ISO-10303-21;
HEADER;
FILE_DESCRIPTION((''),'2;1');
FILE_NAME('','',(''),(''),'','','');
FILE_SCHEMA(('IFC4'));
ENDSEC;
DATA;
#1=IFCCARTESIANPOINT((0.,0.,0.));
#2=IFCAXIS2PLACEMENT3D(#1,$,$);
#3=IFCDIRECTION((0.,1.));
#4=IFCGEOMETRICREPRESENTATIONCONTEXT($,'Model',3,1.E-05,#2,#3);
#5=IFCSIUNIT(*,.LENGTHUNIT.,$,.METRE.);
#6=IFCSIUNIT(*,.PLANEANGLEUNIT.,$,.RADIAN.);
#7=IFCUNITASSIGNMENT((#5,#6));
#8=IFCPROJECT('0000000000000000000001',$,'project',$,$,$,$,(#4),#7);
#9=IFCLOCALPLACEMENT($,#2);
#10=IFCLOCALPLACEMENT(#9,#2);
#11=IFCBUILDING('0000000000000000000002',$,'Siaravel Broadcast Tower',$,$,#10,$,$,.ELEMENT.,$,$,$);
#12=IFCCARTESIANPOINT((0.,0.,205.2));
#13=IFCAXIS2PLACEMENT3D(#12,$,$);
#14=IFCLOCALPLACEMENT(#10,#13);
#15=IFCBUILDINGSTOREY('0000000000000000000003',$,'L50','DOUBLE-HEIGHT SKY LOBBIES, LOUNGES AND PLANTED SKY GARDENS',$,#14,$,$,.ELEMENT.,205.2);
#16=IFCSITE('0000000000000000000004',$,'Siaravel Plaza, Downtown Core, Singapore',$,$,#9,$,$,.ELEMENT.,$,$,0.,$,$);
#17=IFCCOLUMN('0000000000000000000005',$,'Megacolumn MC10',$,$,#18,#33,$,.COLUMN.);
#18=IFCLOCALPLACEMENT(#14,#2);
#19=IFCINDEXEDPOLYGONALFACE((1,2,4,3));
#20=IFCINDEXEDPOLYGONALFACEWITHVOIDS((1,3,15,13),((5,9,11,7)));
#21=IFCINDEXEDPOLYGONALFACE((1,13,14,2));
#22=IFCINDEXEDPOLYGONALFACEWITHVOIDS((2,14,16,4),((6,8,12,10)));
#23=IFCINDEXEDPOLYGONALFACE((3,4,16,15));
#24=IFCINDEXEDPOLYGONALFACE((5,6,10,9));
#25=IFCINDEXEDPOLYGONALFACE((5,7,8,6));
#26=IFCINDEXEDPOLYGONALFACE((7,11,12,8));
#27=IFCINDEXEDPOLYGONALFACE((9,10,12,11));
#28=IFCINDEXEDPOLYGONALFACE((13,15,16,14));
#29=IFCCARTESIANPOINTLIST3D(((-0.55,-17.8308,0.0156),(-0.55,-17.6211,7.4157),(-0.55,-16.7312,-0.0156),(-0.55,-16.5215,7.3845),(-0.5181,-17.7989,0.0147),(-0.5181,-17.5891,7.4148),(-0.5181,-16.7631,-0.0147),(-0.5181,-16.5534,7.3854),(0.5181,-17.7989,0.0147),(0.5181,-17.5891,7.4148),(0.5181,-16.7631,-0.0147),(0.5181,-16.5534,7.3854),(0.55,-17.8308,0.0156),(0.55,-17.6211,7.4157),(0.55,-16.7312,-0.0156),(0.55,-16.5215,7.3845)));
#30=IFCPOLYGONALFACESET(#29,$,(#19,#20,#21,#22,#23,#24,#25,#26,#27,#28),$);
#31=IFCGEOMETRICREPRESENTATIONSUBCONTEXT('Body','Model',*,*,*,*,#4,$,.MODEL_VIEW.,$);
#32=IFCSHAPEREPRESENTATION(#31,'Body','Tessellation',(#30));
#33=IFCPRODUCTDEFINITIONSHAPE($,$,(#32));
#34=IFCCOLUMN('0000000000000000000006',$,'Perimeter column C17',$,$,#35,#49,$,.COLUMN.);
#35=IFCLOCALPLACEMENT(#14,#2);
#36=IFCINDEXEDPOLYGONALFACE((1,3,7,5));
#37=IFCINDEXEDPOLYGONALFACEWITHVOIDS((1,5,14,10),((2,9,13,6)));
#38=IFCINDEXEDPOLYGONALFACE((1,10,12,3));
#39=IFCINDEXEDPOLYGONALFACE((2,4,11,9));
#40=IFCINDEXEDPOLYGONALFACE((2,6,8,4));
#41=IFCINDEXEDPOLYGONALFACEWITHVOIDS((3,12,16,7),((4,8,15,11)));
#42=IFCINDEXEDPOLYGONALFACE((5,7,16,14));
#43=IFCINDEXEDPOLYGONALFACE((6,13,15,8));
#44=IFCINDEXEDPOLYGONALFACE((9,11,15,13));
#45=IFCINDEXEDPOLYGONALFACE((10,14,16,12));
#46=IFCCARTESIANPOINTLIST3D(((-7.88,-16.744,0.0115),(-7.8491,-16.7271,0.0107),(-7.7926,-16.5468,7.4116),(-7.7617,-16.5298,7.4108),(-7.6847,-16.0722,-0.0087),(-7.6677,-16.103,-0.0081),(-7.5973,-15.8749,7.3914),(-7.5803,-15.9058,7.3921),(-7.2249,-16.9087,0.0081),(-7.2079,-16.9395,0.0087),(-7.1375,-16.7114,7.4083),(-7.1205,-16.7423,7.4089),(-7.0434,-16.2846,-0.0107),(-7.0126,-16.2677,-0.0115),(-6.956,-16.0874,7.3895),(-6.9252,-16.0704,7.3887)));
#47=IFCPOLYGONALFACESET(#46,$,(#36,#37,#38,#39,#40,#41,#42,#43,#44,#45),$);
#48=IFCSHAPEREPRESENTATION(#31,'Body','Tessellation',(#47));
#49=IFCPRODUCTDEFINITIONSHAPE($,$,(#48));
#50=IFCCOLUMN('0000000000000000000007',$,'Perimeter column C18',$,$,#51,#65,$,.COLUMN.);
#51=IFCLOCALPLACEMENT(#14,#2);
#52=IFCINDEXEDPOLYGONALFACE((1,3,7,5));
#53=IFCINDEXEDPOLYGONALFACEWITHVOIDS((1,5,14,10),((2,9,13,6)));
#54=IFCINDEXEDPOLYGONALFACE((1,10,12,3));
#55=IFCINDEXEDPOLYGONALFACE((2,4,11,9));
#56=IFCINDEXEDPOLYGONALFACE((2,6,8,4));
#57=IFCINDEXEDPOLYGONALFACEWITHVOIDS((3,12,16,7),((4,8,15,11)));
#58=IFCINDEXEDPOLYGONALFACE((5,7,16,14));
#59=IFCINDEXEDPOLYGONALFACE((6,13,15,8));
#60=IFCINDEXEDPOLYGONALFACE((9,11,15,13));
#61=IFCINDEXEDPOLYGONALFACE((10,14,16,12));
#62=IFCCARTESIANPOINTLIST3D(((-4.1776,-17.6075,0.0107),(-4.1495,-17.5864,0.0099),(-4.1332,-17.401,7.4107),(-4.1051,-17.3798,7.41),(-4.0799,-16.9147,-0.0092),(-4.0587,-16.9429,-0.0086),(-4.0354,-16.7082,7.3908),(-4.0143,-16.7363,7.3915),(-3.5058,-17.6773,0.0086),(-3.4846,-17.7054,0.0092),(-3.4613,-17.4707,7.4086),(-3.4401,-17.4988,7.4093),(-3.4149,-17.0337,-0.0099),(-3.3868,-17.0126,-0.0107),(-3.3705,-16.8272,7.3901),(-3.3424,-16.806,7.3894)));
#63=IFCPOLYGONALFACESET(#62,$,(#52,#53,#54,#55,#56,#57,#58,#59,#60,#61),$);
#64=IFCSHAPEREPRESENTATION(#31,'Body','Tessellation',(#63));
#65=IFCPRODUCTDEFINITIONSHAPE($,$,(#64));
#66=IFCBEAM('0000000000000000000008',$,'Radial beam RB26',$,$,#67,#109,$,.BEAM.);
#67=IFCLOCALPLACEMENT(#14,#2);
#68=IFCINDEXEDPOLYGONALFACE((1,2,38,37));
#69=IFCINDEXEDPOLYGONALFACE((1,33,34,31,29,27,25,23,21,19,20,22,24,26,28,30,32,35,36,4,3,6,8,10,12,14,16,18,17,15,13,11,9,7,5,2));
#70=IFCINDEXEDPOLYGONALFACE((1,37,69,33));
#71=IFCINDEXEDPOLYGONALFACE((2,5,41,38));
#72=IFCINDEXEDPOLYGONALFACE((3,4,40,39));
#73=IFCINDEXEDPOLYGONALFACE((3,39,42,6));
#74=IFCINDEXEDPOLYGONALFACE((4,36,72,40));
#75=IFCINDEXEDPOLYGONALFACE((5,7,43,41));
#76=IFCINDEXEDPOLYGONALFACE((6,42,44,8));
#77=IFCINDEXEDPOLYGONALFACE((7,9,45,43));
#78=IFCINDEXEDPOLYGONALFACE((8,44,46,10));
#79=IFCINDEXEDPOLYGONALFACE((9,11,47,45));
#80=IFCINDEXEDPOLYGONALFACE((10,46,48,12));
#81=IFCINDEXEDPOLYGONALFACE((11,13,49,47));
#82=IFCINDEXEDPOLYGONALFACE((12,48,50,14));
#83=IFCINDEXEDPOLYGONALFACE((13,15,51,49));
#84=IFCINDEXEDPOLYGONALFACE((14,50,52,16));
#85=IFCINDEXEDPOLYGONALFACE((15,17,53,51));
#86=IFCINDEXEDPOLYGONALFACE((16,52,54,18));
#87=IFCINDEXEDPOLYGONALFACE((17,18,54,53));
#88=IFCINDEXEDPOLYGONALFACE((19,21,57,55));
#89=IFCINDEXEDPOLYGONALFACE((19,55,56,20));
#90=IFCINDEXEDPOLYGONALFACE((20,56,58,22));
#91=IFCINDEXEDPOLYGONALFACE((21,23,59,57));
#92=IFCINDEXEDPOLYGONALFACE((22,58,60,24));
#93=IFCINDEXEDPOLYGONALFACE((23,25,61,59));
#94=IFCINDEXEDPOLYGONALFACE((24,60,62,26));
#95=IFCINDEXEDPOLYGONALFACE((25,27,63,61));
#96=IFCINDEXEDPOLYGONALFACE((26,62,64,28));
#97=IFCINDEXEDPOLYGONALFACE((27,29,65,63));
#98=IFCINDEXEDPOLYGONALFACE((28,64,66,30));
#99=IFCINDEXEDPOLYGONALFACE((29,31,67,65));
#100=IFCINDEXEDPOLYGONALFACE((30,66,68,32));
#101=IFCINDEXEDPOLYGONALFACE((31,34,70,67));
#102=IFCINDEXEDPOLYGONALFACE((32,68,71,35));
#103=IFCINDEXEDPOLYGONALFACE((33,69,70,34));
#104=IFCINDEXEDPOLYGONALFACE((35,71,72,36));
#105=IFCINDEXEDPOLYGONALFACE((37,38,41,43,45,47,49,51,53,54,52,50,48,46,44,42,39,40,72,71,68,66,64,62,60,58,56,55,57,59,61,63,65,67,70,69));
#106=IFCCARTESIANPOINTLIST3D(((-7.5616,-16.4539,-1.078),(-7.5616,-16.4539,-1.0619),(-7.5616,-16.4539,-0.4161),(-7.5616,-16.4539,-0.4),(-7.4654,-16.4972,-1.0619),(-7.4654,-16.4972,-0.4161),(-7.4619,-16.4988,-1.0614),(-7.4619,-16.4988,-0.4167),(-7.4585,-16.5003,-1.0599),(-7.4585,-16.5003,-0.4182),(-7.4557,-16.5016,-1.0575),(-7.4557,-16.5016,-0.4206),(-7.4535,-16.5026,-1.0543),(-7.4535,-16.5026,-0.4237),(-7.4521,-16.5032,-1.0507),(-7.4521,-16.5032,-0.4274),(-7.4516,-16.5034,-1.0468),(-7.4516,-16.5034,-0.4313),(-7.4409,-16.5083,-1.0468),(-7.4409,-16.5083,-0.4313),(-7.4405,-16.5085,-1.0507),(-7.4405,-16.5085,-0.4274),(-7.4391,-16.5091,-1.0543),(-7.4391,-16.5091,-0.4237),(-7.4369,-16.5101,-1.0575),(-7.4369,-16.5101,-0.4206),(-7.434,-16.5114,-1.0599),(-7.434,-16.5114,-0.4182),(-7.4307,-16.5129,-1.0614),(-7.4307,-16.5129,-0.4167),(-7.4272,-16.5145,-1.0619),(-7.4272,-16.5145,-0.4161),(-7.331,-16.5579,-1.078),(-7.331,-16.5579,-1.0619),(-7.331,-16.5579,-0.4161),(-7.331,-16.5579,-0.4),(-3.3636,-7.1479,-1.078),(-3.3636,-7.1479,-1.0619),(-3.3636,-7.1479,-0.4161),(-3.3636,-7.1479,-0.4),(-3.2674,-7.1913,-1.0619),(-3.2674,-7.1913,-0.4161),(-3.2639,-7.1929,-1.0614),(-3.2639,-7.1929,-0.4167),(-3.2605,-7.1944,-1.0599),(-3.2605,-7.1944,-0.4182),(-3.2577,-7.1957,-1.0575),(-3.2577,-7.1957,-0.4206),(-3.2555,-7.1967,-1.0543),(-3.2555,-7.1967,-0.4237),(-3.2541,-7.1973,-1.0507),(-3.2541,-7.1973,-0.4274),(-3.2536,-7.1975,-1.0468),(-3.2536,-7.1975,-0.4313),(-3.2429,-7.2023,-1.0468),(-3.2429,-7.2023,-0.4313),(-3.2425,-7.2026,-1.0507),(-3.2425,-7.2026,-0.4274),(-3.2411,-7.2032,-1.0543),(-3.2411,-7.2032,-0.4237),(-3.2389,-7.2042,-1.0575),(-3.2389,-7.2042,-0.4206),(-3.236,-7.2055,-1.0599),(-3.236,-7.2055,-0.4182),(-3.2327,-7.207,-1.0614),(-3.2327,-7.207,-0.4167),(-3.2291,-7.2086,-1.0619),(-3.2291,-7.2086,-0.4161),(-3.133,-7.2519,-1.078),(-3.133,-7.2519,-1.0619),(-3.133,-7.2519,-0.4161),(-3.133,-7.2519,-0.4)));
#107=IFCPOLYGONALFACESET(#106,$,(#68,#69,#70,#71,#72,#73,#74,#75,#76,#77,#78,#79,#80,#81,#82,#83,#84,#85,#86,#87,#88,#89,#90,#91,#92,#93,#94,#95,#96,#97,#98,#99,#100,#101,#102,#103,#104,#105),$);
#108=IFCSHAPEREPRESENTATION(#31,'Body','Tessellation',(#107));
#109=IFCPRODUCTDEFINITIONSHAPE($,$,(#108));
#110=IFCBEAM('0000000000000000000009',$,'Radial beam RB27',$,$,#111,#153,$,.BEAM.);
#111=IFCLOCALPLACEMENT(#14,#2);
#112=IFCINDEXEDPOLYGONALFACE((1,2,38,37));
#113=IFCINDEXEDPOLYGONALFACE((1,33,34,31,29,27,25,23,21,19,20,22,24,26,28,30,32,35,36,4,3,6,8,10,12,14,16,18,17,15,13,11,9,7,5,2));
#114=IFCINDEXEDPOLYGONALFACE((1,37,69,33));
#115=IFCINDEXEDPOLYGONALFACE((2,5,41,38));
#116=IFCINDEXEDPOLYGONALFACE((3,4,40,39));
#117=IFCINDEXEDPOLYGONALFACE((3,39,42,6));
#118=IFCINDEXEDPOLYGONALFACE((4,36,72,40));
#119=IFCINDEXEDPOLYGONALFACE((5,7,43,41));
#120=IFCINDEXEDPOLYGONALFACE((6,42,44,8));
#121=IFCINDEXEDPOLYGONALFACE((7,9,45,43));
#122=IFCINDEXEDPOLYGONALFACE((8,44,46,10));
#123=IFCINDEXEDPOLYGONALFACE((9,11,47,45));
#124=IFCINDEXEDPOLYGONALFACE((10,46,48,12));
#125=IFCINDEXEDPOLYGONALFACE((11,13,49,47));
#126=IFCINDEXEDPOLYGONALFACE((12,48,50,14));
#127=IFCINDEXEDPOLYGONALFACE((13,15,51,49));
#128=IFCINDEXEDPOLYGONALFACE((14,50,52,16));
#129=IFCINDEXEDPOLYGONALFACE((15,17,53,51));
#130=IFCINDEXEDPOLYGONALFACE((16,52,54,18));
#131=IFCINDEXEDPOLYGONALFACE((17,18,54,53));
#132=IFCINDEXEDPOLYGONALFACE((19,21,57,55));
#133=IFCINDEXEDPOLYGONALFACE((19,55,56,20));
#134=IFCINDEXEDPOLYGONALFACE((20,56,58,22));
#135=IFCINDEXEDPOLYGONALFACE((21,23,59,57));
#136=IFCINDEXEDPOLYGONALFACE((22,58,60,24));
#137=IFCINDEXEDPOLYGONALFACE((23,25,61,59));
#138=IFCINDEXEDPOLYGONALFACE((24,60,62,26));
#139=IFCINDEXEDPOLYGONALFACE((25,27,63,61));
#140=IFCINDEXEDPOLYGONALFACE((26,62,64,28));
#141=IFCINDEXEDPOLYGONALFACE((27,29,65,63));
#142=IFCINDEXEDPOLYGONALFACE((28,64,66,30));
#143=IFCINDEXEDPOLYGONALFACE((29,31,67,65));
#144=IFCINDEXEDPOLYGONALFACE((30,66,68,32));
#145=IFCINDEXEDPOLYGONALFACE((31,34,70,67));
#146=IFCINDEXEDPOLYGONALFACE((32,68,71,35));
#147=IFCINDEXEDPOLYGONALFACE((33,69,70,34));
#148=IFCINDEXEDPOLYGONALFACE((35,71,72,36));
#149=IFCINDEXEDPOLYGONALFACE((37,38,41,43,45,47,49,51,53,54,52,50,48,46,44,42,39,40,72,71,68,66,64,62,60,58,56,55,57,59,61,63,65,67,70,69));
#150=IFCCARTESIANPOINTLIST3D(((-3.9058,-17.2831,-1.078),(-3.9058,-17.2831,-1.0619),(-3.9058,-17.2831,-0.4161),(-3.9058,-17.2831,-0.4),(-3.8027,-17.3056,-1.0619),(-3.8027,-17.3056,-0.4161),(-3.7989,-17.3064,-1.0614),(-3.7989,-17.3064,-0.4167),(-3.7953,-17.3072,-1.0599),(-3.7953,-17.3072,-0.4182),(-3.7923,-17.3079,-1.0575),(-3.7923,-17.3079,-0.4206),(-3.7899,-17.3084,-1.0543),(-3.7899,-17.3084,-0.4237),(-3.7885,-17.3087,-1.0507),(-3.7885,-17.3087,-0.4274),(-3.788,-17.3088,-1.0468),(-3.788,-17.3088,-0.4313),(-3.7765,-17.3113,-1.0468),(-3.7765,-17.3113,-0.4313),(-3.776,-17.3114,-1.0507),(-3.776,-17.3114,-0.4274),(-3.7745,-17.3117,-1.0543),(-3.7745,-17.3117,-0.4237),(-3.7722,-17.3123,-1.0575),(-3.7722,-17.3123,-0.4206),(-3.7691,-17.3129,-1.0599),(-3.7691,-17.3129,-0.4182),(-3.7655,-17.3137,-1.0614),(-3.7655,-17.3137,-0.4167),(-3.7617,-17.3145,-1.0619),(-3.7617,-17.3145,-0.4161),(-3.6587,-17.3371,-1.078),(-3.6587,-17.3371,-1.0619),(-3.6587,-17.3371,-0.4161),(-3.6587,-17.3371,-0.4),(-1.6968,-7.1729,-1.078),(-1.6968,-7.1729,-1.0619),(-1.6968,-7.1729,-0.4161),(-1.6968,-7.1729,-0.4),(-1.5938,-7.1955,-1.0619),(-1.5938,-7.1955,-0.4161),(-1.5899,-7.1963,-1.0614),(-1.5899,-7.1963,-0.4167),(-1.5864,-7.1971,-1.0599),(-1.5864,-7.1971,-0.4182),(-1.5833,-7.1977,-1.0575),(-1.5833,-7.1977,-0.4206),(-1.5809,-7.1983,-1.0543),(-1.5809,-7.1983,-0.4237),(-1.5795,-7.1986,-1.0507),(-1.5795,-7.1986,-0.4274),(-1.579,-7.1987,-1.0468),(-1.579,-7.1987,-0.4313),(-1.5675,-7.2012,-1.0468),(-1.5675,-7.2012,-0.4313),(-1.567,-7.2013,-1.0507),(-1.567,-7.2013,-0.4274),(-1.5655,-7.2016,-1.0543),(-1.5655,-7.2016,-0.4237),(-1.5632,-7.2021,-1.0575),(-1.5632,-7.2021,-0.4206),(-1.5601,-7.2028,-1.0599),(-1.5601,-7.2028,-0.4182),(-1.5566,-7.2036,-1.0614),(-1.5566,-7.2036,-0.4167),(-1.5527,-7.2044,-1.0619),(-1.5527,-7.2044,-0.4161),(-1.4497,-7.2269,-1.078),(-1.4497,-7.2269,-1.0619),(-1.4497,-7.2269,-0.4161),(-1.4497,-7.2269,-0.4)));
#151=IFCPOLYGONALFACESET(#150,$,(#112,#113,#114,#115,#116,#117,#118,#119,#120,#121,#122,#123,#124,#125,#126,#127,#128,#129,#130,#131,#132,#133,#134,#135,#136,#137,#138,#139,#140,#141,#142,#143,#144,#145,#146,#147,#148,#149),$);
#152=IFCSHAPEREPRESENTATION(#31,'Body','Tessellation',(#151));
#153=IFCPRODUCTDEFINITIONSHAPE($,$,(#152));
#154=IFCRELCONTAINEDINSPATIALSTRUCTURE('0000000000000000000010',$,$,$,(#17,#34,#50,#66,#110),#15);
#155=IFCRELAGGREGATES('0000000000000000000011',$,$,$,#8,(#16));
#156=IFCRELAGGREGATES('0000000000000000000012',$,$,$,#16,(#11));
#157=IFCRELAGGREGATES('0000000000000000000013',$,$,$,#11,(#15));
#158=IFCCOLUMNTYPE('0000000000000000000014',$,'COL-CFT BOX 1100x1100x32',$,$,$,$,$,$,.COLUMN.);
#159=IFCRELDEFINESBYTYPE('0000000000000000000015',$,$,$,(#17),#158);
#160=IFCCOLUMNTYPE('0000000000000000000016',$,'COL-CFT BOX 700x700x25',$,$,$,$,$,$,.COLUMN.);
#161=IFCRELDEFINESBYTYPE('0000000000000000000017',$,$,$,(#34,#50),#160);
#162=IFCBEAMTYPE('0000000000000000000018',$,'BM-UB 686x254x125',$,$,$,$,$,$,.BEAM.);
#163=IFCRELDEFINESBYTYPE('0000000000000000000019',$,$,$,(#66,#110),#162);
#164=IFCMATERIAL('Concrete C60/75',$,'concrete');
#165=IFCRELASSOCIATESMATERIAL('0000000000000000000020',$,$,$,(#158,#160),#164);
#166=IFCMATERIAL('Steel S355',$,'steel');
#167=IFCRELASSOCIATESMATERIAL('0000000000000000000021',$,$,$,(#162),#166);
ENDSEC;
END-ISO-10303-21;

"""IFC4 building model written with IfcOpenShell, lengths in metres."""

from ifc_helpers import new_model, si_unit, direction, frame, origin, origin_2d, place, context, subcontext, project, spatial, hollow_rectangle, i_section, extrude, material, material_profile, profile_set, type_object, element, save


model = new_model("IFC4")

# Units and contexts
model_context = context("Model", 3, precision=1e-05, world=origin(), true_north=direction((0.0, 1.0)))
body_context = subcontext(model_context, "Body", "Model", "MODEL_VIEW")
ifc_project = project(units=[si_unit("LENGTHUNIT", "METRE"), si_unit("PLANEANGLEUNIT", "RADIAN")], contexts=[model_context])

# Site, building, storey
site_placement = place(None, origin())
site = spatial("IfcSite", under=ifc_project, at=site_placement, Name="Siaravel Plaza, Downtown Core, Singapore", CompositionType="ELEMENT", RefElevation=0.0)
building_placement = place(site_placement, origin())
building = spatial("IfcBuilding", under=site, at=building_placement, Name="Siaravel Broadcast Tower", CompositionType="ELEMENT")
storey_placement = place(building_placement, frame((0.0, 0.0, 205.2)))
storey = spatial("IfcBuildingStorey", under=building, at=storey_placement, Name="L50", Description="DOUBLE-HEIGHT SKY LOBBIES, LOUNGES AND PLANTED SKY GARDENS", CompositionType="ELEMENT", Elevation=205.2)

# Columns
ifc_material_1 = material(Name="Concrete C60/75", Category="concrete")
ifc_material_profile_1 = material_profile(ifc_material_1, hollow_rectangle(XDim=1.1001, YDim=1.1001, WallThickness=0.032, at=origin_2d()))
ifc_profile_set_1 = profile_set([ifc_material_profile_1], Name="Concrete C60/75")
column_type_1 = type_object("IfcColumnType", Name="COL-CFT BOX 1100x1100x32", PredefinedType="COLUMN", material=ifc_profile_set_1)
column_1_placement = place(storey_placement, frame((0.0, -17.281, 0.0), z_axis=(0.0, 0.028328, 0.999599), x_axis=(-1.0, 0.0, 0.0)))
element("IfcColumn", 1, at=column_1_placement, inside=storey, type_object=column_type_1, Name="Megacolumn MC10", PredefinedType="COLUMN", context=body_context, shape_type="SweptSolid", body=[
    extrude(hollow_rectangle(XDim=1.1001, YDim=1.1001, WallThickness=0.032, at=origin_2d()), origin(), (0.0, 0.0, 1.0), 7.4031),
])
ifc_material_profile_2 = material_profile(ifc_material_1, hollow_rectangle(XDim=0.7, YDim=0.7, WallThickness=0.0249, at=origin_2d()))
ifc_profile_set_2 = profile_set([ifc_material_profile_2], Name="Concrete C60/75")
column_type_2 = type_object("IfcColumnType", Name="COL-CFT BOX 700x700x25", PredefinedType="COLUMN", material=ifc_profile_set_2)
column_2_placement = place(storey_placement, frame((-7.4463, -16.5059, 0.0), z_axis=(0.011806, 0.026646, 0.999575), x_axis=(-0.960194, 0.279306, 0.003895)))
element("IfcColumn", 2, at=column_2_placement, inside=storey, type_object=column_type_2, Name="Perimeter column C17", PredefinedType="COLUMN", context=body_context, shape_type="SweptSolid", body=[
    extrude(hollow_rectangle(XDim=0.7, YDim=0.7, WallThickness=0.0249, at=origin_2d()), origin(), (0.0, 0.0, 1.0), 7.4033),
])
column_3_placement = place(storey_placement, frame((-3.7822, -17.3101, 0.0), z_axis=(0.006002, 0.027899, 0.999593), x_axis=(-0.990179, 0.139789, 0.002044)))
element("IfcColumn", 3, at=column_3_placement, inside=storey, type_object=column_type_2, Name="Perimeter column C18", PredefinedType="COLUMN", context=body_context, shape_type="SweptSolid", body=[
    extrude(hollow_rectangle(XDim=0.7, YDim=0.7, WallThickness=0.0249, at=origin_2d()), origin(), (0.0, 0.0, 1.0), 7.4031),
])

# Beams
ifc_material_2 = material(Name="Steel S355", Category="steel")
ifc_material_profile_3 = material_profile(ifc_material_2, i_section(OverallWidth=0.2529, OverallDepth=0.678, WebThickness=0.0117, FlangeThickness=0.0161, FilletRadius=0.0151, at=origin_2d()))
ifc_profile_set_3 = profile_set([ifc_material_profile_3], Name="Steel S355")
beam_type = type_object("IfcBeamType", Name="BM-UB 686x254x125", PredefinedType="BEAM", material=ifc_profile_set_3)
beam_1_placement = place(storey_placement, frame((-7.4463, -16.5059, -0.739), z_axis=(0.411207, 0.911542, 0.0), x_axis=(-0.911542, 0.411207, 0.0)))
element("IfcBeam", 4, at=beam_1_placement, inside=storey, type_object=beam_type, Name="Radial beam RB26", PredefinedType="BEAM", context=body_context, shape_type="SweptSolid", body=[
    extrude(i_section(OverallWidth=0.2529, OverallDepth=0.678, WebThickness=0.0117, FlangeThickness=0.0161, FilletRadius=0.0151, at=origin_2d()), origin(), (0.0, 0.0, 1.0), 10.209),
])
beam_2_placement = place(storey_placement, frame((-3.7822, -17.3101, -0.739), z_axis=(0.213457, 0.976952, 0.0), x_axis=(-0.976952, 0.213457, 0.0)))
element("IfcBeam", 5, at=beam_2_placement, inside=storey, type_object=beam_type, Name="Radial beam RB27", PredefinedType="BEAM", context=body_context, shape_type="SweptSolid", body=[
    extrude(i_section(OverallWidth=0.2529, OverallDepth=0.678, WebThickness=0.0117, FlangeThickness=0.0161, FilletRadius=0.0151, at=origin_2d()), origin(), (0.0, 0.0, 1.0), 10.3486),
])

save(model, "model.ifc")
